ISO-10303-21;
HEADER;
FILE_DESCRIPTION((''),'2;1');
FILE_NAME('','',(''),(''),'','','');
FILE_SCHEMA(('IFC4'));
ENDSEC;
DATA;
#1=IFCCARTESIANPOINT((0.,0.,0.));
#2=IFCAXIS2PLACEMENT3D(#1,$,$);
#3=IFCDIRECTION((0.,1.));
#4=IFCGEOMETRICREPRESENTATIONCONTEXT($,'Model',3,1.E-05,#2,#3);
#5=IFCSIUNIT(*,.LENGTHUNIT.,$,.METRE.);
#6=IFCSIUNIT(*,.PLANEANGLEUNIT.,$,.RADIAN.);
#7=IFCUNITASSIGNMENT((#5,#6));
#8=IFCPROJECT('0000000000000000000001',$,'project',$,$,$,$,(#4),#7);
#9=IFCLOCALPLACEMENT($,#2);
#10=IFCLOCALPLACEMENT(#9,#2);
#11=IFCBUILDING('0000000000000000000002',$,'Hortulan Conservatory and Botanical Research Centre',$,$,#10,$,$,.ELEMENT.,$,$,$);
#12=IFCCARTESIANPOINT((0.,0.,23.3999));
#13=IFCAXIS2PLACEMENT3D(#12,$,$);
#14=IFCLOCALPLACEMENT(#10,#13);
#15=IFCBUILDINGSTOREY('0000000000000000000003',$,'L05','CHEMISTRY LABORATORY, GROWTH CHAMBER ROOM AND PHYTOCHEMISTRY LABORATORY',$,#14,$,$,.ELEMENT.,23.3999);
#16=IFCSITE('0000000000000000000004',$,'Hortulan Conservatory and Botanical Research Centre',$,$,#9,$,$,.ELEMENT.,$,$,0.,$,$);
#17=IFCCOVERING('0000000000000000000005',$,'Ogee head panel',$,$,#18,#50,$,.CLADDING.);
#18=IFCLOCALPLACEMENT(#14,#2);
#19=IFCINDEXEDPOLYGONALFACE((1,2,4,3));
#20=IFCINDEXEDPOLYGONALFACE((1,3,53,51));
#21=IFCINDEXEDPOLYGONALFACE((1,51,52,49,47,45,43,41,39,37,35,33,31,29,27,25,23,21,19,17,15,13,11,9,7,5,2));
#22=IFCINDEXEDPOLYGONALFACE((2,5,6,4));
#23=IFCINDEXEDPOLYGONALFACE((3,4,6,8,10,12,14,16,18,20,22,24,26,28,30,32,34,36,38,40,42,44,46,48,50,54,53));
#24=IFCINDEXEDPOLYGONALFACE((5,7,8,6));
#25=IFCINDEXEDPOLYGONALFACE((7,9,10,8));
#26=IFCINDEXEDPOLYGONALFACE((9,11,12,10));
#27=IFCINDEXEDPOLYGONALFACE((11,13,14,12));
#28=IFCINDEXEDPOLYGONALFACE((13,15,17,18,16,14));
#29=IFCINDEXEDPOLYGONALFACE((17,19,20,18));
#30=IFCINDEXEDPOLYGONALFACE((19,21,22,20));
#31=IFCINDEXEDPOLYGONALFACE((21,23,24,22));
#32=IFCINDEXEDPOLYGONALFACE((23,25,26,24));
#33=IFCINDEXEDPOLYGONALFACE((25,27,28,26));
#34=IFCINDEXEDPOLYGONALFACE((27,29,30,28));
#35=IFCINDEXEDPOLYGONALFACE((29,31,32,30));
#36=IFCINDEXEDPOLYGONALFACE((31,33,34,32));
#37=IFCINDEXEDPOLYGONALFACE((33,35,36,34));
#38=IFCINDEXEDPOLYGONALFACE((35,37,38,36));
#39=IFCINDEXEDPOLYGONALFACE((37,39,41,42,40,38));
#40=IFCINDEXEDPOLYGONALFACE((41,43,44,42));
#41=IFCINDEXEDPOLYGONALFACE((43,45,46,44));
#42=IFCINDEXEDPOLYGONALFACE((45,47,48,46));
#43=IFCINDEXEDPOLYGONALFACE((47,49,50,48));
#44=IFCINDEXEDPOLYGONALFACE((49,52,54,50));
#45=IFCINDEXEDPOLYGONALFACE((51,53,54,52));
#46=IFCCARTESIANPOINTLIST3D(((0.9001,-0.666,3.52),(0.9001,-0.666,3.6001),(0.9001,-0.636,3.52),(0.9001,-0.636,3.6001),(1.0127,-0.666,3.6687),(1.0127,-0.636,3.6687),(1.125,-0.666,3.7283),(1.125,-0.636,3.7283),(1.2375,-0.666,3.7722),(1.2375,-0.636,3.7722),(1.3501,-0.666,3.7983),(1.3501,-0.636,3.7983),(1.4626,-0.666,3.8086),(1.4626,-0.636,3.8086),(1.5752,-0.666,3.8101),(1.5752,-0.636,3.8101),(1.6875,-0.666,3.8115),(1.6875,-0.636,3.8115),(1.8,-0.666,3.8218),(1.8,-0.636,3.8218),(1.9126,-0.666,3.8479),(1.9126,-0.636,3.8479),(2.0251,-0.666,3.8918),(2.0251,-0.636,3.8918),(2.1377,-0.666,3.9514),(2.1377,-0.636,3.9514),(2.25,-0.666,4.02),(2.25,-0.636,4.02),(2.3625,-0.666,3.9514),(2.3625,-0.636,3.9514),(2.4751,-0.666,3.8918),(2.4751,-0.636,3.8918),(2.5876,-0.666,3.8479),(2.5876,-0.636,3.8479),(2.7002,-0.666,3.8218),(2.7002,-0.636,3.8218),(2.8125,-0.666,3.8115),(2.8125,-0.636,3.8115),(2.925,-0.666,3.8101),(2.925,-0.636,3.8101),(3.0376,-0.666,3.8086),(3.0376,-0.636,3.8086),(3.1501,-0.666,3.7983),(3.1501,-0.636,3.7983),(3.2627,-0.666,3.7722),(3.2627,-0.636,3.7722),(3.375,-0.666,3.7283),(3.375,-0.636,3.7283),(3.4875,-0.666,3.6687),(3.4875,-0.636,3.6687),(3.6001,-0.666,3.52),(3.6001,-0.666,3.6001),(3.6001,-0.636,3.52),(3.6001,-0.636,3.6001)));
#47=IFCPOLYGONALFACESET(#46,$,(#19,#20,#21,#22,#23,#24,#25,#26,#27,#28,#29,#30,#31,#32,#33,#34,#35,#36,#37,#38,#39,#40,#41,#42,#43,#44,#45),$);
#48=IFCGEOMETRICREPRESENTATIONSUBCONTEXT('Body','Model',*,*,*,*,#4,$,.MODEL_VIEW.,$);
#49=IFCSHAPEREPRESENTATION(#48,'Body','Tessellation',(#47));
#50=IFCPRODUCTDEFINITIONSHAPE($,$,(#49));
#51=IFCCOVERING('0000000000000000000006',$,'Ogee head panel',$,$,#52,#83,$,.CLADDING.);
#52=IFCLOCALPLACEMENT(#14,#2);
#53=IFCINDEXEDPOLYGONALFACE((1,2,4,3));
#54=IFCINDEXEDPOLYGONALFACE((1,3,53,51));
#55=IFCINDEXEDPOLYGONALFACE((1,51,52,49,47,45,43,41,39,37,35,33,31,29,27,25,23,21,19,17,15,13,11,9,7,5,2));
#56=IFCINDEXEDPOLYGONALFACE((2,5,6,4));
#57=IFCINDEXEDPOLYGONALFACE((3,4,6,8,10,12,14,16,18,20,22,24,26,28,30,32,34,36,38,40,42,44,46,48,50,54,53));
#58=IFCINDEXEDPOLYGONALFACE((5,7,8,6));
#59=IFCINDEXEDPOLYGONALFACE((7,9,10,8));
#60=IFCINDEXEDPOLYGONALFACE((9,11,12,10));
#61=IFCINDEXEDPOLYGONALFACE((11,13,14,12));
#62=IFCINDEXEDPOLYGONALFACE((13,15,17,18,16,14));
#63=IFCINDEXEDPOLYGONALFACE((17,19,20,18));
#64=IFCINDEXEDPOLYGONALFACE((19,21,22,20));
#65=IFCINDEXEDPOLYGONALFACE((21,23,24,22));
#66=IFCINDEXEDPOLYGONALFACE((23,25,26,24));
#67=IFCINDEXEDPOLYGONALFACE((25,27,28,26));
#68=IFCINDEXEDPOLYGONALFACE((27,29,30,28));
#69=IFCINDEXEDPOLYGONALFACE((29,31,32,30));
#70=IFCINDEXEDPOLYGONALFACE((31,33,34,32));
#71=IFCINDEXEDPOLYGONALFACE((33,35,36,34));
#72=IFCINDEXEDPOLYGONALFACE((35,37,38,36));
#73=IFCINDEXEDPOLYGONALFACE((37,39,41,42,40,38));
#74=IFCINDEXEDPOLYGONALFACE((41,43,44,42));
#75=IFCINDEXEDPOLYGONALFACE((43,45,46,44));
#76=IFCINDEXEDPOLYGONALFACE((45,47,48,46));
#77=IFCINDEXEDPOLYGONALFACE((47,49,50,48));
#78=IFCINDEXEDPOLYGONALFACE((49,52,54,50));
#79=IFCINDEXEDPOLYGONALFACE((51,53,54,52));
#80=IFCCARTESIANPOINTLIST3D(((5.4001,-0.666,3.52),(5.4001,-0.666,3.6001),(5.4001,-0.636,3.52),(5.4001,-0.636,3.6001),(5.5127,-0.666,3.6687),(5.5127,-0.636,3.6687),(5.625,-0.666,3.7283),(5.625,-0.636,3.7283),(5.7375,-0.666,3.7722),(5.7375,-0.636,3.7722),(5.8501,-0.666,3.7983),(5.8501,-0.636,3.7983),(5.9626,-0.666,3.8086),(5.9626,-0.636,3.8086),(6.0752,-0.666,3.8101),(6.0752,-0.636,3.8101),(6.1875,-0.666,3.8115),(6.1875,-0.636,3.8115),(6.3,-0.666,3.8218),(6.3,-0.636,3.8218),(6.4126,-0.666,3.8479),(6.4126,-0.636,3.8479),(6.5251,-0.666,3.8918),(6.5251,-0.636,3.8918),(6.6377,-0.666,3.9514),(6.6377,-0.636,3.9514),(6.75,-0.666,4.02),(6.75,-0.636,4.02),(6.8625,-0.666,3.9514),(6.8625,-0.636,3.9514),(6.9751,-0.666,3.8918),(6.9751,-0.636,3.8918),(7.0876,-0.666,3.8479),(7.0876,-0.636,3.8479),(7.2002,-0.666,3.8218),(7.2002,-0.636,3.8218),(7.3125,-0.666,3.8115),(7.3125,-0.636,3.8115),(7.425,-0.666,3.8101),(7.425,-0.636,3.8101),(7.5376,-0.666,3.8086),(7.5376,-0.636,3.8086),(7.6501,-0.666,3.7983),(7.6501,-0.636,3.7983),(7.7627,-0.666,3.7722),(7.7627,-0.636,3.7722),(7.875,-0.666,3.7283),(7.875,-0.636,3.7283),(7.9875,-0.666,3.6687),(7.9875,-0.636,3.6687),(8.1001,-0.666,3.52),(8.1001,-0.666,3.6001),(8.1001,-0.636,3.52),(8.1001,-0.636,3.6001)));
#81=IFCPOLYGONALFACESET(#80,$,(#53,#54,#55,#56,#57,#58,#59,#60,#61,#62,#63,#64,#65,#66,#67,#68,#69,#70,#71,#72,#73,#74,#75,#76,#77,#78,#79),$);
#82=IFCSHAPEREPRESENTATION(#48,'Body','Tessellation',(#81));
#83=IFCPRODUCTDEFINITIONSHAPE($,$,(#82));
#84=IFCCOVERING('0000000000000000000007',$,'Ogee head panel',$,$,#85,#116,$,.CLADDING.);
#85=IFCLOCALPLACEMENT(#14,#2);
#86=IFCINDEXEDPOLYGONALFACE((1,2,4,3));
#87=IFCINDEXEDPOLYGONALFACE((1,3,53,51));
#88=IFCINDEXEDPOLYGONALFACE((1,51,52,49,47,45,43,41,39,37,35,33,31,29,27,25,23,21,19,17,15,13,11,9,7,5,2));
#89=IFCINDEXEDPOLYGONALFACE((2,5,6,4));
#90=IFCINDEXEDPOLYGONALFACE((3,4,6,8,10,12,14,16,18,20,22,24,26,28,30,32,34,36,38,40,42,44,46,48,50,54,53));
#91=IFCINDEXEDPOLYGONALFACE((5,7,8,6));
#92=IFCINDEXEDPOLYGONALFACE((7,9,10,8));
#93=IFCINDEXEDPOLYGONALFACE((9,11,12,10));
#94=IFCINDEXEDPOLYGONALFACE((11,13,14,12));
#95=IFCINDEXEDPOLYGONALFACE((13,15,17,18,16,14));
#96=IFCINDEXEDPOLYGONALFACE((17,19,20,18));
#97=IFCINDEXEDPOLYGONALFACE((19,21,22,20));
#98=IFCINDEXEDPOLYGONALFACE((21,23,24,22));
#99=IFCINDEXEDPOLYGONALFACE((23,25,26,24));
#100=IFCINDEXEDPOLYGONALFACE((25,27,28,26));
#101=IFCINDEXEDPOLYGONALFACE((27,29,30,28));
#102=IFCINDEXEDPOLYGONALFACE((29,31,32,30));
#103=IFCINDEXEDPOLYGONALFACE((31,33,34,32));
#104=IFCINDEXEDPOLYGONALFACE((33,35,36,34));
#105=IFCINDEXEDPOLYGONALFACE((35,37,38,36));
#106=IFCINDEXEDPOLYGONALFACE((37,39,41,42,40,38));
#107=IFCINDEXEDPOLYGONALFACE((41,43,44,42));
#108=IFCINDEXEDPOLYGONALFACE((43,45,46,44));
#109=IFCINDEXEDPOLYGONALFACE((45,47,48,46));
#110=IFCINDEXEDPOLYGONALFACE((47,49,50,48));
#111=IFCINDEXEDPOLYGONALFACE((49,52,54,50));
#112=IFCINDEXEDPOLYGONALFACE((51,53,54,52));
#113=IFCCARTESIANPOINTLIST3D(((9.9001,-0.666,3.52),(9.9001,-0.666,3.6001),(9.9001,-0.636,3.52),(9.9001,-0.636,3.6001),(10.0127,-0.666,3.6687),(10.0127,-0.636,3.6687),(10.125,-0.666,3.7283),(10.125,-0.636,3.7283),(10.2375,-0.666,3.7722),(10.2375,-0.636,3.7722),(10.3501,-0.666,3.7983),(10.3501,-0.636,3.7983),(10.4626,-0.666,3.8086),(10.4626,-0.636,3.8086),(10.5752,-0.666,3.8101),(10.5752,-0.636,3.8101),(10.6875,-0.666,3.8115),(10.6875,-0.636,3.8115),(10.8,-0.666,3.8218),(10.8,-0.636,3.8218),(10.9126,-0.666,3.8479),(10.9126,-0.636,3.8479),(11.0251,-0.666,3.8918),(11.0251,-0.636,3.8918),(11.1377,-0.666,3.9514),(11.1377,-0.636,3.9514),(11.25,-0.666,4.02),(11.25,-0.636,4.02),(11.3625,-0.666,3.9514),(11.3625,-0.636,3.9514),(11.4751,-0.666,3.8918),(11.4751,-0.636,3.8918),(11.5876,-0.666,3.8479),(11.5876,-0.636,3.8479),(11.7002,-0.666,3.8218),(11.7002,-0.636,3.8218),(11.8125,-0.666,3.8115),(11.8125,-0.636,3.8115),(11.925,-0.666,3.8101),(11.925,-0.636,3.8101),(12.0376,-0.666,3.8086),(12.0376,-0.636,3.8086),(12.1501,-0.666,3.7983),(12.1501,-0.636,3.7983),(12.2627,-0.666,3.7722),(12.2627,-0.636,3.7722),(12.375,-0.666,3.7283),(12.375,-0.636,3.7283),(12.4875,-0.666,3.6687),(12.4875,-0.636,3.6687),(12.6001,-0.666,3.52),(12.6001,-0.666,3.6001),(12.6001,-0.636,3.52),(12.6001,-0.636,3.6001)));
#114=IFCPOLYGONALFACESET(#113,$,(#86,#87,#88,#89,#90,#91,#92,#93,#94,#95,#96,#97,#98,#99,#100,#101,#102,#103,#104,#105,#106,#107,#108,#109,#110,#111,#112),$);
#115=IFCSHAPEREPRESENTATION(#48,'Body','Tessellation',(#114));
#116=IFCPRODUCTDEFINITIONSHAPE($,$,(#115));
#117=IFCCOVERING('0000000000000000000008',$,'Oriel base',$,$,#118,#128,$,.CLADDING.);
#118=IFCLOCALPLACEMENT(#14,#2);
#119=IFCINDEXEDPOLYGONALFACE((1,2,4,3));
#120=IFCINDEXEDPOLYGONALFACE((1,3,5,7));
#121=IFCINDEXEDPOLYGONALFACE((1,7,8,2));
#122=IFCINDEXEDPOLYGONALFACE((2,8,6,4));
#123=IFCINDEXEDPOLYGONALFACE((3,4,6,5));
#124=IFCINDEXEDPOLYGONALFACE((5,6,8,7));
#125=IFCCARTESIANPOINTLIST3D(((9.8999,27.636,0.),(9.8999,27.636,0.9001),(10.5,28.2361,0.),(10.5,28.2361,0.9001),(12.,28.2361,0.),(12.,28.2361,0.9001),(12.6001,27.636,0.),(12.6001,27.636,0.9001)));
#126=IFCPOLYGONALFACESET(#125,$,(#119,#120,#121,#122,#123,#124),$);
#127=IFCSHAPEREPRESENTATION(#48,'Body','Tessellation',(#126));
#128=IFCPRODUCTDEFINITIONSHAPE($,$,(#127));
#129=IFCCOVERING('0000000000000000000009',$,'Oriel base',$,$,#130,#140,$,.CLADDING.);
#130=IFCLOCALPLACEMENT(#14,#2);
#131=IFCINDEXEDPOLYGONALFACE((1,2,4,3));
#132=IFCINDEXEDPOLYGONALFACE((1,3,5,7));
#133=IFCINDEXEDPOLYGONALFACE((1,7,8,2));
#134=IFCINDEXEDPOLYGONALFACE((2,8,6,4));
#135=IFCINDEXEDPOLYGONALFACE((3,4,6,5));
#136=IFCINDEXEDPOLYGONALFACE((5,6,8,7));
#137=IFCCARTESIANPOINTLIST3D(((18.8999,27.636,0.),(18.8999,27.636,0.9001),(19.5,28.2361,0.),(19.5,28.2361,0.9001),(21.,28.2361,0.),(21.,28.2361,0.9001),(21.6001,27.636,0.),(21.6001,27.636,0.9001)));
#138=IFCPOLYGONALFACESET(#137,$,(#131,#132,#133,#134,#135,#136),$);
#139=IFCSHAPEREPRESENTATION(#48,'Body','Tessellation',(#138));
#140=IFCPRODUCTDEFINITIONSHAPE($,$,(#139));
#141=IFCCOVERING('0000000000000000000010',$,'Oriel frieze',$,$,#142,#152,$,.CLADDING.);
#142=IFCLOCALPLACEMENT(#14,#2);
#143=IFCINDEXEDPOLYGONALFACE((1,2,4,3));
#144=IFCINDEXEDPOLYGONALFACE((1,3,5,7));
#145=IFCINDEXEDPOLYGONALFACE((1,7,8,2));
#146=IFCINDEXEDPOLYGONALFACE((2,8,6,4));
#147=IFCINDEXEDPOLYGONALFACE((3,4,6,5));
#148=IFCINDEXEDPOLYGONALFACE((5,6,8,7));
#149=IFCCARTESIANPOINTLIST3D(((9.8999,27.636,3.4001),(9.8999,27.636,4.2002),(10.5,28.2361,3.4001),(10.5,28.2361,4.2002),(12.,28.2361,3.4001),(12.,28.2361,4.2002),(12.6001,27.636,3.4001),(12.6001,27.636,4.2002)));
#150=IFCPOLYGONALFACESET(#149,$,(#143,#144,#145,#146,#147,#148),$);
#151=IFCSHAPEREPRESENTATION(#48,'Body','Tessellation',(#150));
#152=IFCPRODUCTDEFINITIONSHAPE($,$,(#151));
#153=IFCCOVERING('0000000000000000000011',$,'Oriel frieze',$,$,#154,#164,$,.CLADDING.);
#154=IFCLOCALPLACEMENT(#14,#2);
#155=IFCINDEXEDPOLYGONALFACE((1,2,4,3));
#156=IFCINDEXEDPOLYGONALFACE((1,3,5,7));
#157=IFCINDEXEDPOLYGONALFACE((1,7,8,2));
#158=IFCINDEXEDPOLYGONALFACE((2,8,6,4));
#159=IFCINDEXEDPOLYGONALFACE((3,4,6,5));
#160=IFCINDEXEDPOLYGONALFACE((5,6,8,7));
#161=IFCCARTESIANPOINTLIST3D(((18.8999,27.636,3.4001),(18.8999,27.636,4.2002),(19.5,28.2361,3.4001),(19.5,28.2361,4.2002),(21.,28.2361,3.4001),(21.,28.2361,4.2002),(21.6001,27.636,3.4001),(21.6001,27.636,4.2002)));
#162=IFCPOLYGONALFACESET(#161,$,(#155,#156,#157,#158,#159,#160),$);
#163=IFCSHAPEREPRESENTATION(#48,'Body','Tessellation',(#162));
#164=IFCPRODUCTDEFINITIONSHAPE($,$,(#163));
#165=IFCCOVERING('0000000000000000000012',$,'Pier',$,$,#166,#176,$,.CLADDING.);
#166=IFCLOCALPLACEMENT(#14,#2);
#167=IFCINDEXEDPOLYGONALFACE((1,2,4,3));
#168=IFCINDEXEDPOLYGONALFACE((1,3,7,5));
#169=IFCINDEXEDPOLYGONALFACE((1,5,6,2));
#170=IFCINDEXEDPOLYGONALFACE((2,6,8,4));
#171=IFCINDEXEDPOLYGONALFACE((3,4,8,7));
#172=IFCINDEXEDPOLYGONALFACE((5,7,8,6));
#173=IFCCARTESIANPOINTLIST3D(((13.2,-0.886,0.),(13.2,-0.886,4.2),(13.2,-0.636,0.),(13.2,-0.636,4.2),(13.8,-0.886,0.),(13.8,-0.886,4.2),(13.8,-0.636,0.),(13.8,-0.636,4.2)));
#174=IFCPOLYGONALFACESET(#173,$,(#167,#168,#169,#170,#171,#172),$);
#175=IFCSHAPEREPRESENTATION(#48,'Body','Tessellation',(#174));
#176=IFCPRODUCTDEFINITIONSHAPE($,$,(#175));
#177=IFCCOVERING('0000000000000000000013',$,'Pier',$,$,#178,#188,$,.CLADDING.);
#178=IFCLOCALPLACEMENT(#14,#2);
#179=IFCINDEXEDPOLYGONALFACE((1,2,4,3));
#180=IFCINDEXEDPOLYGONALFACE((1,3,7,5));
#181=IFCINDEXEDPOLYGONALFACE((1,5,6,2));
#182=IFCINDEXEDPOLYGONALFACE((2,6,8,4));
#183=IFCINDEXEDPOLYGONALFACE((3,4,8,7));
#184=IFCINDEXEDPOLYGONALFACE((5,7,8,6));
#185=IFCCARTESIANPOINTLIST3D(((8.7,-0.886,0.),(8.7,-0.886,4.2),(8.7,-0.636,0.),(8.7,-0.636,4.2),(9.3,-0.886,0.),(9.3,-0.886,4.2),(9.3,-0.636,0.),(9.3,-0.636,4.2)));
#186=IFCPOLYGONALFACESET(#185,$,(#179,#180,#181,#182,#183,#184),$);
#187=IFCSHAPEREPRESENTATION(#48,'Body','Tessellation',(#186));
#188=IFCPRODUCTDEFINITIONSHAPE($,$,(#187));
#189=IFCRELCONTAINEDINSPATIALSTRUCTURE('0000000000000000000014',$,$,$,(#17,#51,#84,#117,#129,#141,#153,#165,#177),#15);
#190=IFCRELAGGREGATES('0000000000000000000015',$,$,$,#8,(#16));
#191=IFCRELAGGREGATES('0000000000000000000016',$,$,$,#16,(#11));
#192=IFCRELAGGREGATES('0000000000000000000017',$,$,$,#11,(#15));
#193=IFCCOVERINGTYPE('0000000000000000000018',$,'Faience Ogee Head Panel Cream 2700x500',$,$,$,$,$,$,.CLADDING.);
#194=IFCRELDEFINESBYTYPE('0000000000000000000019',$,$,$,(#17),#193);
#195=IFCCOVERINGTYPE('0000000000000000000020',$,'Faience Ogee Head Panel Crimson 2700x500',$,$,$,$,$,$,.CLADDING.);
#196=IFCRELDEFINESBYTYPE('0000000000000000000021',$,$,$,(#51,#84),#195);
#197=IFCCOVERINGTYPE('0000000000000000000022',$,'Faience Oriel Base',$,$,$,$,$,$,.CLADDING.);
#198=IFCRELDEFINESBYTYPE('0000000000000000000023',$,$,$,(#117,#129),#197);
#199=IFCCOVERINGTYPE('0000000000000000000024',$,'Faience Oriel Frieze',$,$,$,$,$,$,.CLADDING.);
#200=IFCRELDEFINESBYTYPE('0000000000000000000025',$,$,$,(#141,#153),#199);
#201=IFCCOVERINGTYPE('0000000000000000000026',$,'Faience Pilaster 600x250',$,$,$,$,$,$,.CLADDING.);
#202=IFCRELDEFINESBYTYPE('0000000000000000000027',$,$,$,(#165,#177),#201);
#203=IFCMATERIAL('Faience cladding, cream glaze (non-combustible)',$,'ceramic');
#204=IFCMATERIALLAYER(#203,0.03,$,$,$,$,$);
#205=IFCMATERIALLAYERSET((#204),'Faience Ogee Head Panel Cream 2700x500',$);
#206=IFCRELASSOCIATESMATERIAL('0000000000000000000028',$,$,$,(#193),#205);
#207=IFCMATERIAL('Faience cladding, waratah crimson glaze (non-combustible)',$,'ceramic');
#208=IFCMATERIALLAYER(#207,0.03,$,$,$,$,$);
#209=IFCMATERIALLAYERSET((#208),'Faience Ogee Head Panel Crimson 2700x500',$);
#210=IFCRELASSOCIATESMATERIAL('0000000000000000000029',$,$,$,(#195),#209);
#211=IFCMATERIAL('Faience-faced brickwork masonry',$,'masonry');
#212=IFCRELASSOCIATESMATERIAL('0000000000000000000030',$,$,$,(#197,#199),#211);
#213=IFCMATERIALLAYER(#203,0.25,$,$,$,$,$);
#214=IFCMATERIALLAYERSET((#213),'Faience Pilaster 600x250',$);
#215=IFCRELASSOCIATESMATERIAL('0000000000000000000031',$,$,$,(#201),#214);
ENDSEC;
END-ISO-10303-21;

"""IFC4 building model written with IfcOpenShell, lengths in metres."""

from ifc_helpers import new_model, si_unit, direction, frame, origin, origin_2d, place, context, subcontext, project, spatial, polyline, rectangle, outline, extrude, material, layer, layer_set, type_object, element, save


model = new_model("IFC4")

# Units and contexts
model_context = context("Model", 3, precision=1e-05, world=origin(), true_north=direction((0.0, 1.0)))
body_context = subcontext(model_context, "Body", "Model", "MODEL_VIEW")
ifc_project = project(units=[si_unit("LENGTHUNIT", "METRE"), si_unit("PLANEANGLEUNIT", "RADIAN")], contexts=[model_context])

# Site, building, storey
site_placement = place(None, origin())
site = spatial("IfcSite", under=ifc_project, at=site_placement, Name="Hortulan Conservatory and Botanical Research Centre", CompositionType="ELEMENT", RefElevation=0.0)
building_placement = place(site_placement, origin())
building = spatial("IfcBuilding", under=site, at=building_placement, Name="Hortulan Conservatory and Botanical Research Centre", CompositionType="ELEMENT")
storey_placement = place(building_placement, frame((0.0, 0.0, 23.3999)))
storey = spatial("IfcBuildingStorey", under=building, at=storey_placement, Name="L05", Description="CHEMISTRY LABORATORY, GROWTH CHAMBER ROOM AND PHYTOCHEMISTRY LABORATORY", CompositionType="ELEMENT", Elevation=23.3999)

# Shared definitions
ifc_material_1 = material(Name="Faience-faced brickwork masonry", Category="masonry")

# Coverings
ifc_material_2 = material(Name="Faience cladding, cream glaze (non-combustible)", Category="ceramic")
ifc_layer_1 = layer(ifc_material_2, 0.03)
ifc_layer_set_1 = layer_set([ifc_layer_1], Name="Faience Ogee Head Panel Cream 2700x500")
covering_type_1 = type_object("IfcCoveringType", Name="Faience Ogee Head Panel Cream 2700x500", PredefinedType="CLADDING", material=ifc_layer_set_1)
covering_1_placement = place(storey_placement, frame((3.6001, -0.6509, 3.52), z_axis=(0.0, 0.0, 1.0), x_axis=(-1.0, 0.0, 0.0)))
element("IfcCovering", 1, at=covering_1_placement, inside=storey, type_object=covering_type_1, Name="Ogee head panel", PredefinedType="CLADDING", context=body_context, shape_type="SweptSolid", body=[
    extrude(outline(polyline([(0.0, 0.0), (2.7, 0.0), (2.7, 0.0801), (2.5874, 0.1487), (2.4751, 0.2083), (2.3625, 0.2522), (2.25, 0.2783), (2.1375, 0.2886), (2.0249, 0.29), (1.9126, 0.2915), (1.8, 0.3018), (1.6875, 0.3279), (1.575, 0.3718), (1.4624, 0.4314), (1.3501, 0.5), (1.2375, 0.4314), (1.125, 0.3718), (1.0125, 0.3279), (0.8999, 0.3018), (0.7876, 0.2915), (0.675, 0.29), (0.5625, 0.2886), (0.45, 0.2783), (0.3374, 0.2522), (0.2251, 0.2083), (0.1125, 0.1487), (0.0, 0.0801), (0.0, 0.0)])), frame((0.0, 0.0151, 0.0), z_axis=(0.0, -1.0, 0.0), x_axis=(1.0, 0.0, 0.0)), (0.0, 0.0, 1.0), 0.03),
])
ifc_material_3 = material(Name="Faience cladding, waratah crimson glaze (non-combustible)", Category="ceramic")
ifc_layer_2 = layer(ifc_material_3, 0.03)
ifc_layer_set_2 = layer_set([ifc_layer_2], Name="Faience Ogee Head Panel Crimson 2700x500")
covering_type_2 = type_object("IfcCoveringType", Name="Faience Ogee Head Panel Crimson 2700x500", PredefinedType="CLADDING", material=ifc_layer_set_2)
for number, where, z_axis, x_axis, name in (
    (2, (8.1001, -0.6509, 3.52), (0.0, 0.0, 1.0), (-1.0, 0.0, 0.0), "Ogee head panel"),
    (3, (12.6001, -0.6509, 3.52), (0.0, 0.0, 1.0), (-1.0, 0.0, 0.0), "Ogee head panel"),
):
    element("IfcCovering", number, at=place(storey_placement, frame(where, z_axis=z_axis, x_axis=x_axis)), inside=storey, type_object=covering_type_2, Name=name, PredefinedType="CLADDING", context=body_context, shape_type="SweptSolid", body=[
        extrude(outline(polyline([(0.0, 0.0), (2.7, 0.0), (2.7, 0.0801), (2.5874, 0.1487), (2.4751, 0.2083), (2.3625, 0.2522), (2.25, 0.2783), (2.1375, 0.2886), (2.0249, 0.29), (1.9126, 0.2915), (1.8, 0.3018), (1.6875, 0.3279), (1.575, 0.3718), (1.4624, 0.4314), (1.3501, 0.5), (1.2375, 0.4314), (1.125, 0.3718), (1.0125, 0.3279), (0.8999, 0.3018), (0.7876, 0.2915), (0.675, 0.29), (0.5625, 0.2886), (0.45, 0.2783), (0.3374, 0.2522), (0.2251, 0.2083), (0.1125, 0.1487), (0.0, 0.0801), (0.0, 0.0)])), frame((0.0, 0.0151, 0.0), z_axis=(0.0, -1.0, 0.0), x_axis=(1.0, 0.0, 0.0)), (0.0, 0.0, 1.0), 0.03),
    ])
covering_type_3 = type_object("IfcCoveringType", Name="Faience Oriel Base", PredefinedType="CLADDING", material=ifc_material_1)
covering_2_placement = place(storey_placement, origin())
element("IfcCovering", 4, at=covering_2_placement, inside=storey, type_object=covering_type_3, Name="Oriel base", PredefinedType="CLADDING", context=body_context, shape_type="SweptSolid", body=[
    extrude(outline(polyline([(9.8999, 27.636), (10.5, 28.2361), (12.0, 28.2361), (12.6001, 27.636), (9.8999, 27.636)])), origin(), (0.0, 0.0, 1.0), 0.9001),
])
covering_3_placement = place(storey_placement, origin())
element("IfcCovering", 5, at=covering_3_placement, inside=storey, type_object=covering_type_3, Name="Oriel base", PredefinedType="CLADDING", context=body_context, shape_type="SweptSolid", body=[
    extrude(outline(polyline([(18.8999, 27.636), (19.5, 28.2361), (21.0, 28.2361), (21.6001, 27.636), (18.8999, 27.636)])), origin(), (0.0, 0.0, 1.0), 0.9001),
])
covering_type_4 = type_object("IfcCoveringType", Name="Faience Oriel Frieze", PredefinedType="CLADDING", material=ifc_material_1)
covering_4_placement = place(storey_placement, frame((0.0, 0.0, 3.4001)))
element("IfcCovering", 6, at=covering_4_placement, inside=storey, type_object=covering_type_4, Name="Oriel frieze", PredefinedType="CLADDING", context=body_context, shape_type="SweptSolid", body=[
    extrude(outline(polyline([(9.8999, 27.636), (10.5, 28.2361), (12.0, 28.2361), (12.6001, 27.636), (9.8999, 27.636)])), origin(), (0.0, 0.0, 1.0), 0.8),
])
covering_5_placement = place(storey_placement, frame((0.0, 0.0, 3.4001)))
element("IfcCovering", 7, at=covering_5_placement, inside=storey, type_object=covering_type_4, Name="Oriel frieze", PredefinedType="CLADDING", context=body_context, shape_type="SweptSolid", body=[
    extrude(outline(polyline([(18.8999, 27.636), (19.5, 28.2361), (21.0, 28.2361), (21.6001, 27.636), (18.8999, 27.636)])), origin(), (0.0, 0.0, 1.0), 0.8),
])
ifc_layer_3 = layer(ifc_material_2, 0.25)
ifc_layer_set_3 = layer_set([ifc_layer_3], Name="Faience Pilaster 600x250")
covering_type_5 = type_object("IfcCoveringType", Name="Faience Pilaster 600x250", PredefinedType="CLADDING", material=ifc_layer_set_3)
for number, where, z_axis, x_axis, name in (
    (8, (13.5, -0.761, 0.0), (0.0, 0.0, 1.0), (-1.0, 0.0, 0.0), "Pier"),
    (9, (9.0, -0.761, 0.0), (0.0, 0.0, 1.0), (-1.0, 0.0, 0.0), "Pier"),
):
    element("IfcCovering", number, at=place(storey_placement, frame(where, z_axis=z_axis, x_axis=x_axis)), inside=storey, type_object=covering_type_5, Name=name, PredefinedType="CLADDING", context=body_context, shape_type="SweptSolid", body=[
        extrude(rectangle(XDim=0.6001, YDim=0.25, at=origin_2d()), origin(), (0.0, 0.0, 1.0), 4.2),
    ])

save(model, "model.ifc")
